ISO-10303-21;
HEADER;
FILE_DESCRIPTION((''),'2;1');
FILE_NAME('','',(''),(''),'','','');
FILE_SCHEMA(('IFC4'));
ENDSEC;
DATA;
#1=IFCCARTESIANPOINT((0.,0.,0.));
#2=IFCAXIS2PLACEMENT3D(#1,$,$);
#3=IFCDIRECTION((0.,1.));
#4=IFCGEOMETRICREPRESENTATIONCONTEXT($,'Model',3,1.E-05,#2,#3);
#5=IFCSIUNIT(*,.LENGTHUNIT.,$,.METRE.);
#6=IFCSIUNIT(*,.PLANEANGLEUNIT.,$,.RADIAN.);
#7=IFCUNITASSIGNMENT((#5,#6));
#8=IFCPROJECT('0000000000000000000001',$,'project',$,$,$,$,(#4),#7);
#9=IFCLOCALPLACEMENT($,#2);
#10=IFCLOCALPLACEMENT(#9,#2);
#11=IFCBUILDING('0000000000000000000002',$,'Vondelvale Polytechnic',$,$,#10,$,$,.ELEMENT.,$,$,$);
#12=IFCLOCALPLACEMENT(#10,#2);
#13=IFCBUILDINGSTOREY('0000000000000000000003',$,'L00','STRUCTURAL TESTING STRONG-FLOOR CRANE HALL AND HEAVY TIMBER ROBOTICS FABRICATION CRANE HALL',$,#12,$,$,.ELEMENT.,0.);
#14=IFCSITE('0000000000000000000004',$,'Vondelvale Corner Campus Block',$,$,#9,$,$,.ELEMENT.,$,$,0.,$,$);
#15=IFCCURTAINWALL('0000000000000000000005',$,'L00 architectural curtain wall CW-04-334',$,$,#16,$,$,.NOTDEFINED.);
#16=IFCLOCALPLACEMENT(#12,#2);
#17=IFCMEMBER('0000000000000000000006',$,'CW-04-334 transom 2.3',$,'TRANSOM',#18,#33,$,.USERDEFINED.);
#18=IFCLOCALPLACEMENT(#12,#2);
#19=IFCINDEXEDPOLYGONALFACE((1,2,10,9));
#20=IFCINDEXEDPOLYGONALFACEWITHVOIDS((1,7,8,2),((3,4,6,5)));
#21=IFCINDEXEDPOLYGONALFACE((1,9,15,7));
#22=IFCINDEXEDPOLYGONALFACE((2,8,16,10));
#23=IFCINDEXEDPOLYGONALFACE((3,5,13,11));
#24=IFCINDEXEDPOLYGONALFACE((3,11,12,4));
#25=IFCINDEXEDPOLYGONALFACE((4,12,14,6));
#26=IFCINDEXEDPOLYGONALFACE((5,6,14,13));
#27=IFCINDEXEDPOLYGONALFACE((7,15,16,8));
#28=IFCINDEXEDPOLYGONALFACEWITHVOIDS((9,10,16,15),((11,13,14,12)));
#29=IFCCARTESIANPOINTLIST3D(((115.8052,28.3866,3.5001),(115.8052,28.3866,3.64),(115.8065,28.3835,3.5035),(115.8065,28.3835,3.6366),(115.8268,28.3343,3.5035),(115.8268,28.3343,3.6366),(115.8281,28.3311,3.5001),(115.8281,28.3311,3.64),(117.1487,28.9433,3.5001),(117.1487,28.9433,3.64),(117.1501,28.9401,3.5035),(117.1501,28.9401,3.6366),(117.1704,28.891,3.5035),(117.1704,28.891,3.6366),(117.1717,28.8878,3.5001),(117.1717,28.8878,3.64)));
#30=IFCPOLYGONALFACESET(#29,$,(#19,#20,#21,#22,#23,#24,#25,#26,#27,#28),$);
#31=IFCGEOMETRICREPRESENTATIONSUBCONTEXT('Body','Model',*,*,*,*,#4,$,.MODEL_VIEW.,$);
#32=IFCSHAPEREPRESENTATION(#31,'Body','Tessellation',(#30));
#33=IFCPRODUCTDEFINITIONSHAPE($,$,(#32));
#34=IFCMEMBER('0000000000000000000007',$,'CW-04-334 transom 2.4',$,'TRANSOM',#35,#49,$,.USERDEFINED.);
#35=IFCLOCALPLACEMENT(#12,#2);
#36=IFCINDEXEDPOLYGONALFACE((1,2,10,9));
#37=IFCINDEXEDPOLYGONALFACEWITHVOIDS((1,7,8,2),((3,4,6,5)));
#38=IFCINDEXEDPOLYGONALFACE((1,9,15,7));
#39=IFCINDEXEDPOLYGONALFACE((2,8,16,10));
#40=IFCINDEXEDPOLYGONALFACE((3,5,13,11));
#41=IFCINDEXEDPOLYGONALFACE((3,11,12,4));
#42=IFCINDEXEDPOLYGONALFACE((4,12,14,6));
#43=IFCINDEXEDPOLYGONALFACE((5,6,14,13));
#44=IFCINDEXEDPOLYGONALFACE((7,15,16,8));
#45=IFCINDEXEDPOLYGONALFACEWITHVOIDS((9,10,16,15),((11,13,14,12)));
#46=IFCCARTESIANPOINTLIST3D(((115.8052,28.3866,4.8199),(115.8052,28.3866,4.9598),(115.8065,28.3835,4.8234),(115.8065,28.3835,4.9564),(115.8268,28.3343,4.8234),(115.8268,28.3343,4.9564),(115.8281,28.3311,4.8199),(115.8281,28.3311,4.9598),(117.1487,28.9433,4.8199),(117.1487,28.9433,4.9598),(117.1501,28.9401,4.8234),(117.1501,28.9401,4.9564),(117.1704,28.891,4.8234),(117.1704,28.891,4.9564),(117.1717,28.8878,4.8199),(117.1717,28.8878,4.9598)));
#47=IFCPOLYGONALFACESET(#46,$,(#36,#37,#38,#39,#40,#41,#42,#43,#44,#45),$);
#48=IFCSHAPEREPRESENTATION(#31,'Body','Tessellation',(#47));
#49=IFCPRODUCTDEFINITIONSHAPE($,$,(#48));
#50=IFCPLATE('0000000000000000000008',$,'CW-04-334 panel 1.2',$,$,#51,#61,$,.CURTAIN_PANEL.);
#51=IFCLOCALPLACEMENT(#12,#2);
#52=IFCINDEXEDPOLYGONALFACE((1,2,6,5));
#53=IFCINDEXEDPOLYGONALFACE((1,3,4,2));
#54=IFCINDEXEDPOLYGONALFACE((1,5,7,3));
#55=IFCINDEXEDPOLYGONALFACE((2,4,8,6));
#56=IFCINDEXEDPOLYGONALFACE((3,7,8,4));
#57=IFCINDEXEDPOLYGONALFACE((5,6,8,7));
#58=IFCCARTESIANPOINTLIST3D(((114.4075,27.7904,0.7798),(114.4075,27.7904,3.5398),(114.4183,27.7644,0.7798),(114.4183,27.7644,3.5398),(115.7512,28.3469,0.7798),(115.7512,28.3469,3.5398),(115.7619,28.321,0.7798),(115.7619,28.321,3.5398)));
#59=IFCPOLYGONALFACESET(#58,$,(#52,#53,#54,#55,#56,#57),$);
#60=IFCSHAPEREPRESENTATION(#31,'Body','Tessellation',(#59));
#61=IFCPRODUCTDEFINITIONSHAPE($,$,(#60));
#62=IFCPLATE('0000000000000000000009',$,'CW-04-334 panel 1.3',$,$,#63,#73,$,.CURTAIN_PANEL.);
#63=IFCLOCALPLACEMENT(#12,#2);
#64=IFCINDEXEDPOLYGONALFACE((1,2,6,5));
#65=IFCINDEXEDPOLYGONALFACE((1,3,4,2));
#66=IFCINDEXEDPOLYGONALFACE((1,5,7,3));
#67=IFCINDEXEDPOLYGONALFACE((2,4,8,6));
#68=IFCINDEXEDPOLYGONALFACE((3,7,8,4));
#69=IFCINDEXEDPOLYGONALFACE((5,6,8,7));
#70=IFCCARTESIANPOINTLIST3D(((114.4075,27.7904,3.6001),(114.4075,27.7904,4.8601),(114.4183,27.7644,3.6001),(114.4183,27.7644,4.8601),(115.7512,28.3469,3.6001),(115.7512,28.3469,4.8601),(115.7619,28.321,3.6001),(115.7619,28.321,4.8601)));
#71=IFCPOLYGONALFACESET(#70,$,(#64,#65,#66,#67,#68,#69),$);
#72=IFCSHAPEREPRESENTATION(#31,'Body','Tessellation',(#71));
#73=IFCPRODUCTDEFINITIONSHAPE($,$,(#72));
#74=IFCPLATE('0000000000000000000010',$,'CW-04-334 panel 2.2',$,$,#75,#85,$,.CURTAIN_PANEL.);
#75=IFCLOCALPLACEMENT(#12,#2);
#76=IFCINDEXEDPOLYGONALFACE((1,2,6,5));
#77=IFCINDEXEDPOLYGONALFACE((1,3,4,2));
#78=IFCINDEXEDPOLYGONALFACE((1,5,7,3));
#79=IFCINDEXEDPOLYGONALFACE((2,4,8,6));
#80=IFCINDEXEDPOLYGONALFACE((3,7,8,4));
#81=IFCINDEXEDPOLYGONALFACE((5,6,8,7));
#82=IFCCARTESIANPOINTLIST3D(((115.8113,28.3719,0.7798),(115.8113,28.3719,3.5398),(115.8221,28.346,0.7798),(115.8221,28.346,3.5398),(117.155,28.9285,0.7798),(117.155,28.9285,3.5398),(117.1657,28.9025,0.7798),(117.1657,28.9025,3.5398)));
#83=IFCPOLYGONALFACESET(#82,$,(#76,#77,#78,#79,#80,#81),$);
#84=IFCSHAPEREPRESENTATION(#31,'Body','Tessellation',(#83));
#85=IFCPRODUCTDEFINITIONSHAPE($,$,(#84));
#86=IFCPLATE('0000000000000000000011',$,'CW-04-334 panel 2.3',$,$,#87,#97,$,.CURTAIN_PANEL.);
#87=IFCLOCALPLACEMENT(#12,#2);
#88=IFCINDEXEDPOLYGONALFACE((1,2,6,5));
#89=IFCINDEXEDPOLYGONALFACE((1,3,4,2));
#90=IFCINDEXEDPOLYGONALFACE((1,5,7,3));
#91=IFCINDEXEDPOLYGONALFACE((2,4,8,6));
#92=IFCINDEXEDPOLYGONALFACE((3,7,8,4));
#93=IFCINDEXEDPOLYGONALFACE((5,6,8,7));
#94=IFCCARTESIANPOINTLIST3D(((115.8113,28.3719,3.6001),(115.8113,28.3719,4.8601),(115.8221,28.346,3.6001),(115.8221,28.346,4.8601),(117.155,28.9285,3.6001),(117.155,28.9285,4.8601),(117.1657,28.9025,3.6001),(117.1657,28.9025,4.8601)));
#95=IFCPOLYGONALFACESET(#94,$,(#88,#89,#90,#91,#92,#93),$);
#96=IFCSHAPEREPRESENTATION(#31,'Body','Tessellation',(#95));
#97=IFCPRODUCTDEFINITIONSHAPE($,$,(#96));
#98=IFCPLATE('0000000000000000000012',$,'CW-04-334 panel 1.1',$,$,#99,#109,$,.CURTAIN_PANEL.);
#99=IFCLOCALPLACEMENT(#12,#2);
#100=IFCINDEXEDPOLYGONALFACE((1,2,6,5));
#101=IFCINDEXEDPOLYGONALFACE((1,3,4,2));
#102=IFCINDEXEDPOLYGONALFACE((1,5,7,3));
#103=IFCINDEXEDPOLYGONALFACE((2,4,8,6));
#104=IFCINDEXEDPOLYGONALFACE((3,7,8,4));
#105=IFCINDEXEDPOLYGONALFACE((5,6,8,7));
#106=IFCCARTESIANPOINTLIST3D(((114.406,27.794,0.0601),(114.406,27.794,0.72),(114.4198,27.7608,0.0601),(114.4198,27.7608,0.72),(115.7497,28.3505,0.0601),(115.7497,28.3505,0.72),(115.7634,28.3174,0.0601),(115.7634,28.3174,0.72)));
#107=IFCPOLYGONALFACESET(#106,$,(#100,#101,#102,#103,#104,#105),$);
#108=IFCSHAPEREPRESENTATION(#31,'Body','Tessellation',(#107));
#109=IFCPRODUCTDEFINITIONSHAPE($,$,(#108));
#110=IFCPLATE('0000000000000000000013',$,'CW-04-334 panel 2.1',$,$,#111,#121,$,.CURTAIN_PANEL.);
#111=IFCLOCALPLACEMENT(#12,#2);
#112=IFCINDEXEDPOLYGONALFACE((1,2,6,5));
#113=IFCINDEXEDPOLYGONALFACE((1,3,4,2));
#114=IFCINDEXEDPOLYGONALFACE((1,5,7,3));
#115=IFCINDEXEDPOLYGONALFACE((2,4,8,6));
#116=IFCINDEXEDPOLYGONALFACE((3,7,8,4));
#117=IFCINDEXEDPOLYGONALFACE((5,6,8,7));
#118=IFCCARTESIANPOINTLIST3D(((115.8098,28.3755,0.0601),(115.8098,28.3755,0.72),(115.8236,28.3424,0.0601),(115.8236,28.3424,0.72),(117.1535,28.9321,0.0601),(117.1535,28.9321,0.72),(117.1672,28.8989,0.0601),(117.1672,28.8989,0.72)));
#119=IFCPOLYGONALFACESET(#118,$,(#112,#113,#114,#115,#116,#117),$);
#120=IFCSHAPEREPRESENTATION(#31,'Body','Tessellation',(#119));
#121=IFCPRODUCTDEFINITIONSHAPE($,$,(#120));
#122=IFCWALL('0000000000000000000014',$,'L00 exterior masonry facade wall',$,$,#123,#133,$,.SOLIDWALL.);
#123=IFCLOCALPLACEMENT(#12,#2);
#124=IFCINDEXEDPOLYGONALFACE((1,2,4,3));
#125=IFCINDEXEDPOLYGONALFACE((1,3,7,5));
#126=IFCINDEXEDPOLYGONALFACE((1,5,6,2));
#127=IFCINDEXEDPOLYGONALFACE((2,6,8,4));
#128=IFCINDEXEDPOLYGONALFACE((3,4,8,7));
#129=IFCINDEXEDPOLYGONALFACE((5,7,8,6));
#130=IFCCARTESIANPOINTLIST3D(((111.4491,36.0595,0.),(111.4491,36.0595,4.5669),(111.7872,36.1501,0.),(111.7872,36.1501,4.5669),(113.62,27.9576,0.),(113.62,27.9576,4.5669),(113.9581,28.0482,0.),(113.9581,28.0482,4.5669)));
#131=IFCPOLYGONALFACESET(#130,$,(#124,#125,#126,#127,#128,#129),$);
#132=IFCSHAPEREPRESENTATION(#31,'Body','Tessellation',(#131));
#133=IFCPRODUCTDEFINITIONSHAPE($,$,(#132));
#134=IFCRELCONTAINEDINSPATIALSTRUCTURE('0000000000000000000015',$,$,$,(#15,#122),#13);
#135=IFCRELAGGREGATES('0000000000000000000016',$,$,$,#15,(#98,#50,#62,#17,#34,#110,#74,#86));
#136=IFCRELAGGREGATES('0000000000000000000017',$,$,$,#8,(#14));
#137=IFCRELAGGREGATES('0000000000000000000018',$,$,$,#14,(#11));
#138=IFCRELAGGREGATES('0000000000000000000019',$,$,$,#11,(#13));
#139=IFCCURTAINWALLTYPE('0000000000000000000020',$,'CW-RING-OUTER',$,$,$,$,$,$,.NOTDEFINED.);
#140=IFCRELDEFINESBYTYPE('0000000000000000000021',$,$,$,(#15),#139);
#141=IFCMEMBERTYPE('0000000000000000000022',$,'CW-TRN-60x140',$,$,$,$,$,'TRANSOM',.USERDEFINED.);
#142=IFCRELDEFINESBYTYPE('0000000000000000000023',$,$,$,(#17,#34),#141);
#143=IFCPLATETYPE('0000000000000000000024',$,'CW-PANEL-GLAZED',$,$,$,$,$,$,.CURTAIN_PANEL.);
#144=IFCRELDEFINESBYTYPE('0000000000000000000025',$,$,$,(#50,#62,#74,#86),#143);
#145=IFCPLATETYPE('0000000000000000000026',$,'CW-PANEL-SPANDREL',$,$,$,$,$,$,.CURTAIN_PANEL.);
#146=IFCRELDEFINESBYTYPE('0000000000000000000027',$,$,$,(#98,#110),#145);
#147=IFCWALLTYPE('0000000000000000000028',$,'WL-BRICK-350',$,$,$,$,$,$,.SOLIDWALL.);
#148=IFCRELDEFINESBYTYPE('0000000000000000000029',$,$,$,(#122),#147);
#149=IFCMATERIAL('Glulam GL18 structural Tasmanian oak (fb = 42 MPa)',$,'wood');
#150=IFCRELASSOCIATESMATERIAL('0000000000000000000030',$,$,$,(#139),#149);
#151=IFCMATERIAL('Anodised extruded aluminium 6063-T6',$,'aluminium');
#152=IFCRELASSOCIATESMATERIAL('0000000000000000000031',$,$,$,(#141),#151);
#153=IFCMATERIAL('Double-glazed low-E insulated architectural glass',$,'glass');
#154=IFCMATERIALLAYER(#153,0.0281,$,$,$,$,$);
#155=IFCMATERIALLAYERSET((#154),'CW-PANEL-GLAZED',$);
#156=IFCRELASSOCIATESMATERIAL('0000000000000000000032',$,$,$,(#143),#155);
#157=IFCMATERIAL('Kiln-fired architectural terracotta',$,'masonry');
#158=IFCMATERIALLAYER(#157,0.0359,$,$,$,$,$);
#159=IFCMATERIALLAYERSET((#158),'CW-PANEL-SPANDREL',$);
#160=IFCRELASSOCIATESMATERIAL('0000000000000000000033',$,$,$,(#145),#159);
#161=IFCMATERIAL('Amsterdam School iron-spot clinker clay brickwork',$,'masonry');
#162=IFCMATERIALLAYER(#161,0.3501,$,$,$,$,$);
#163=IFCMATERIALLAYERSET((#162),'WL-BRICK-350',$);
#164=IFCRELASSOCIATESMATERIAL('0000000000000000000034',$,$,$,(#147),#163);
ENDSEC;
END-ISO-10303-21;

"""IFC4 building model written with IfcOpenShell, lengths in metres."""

from ifc_helpers import new_model, si_unit, direction, frame, frame_2d, origin, origin_2d, place, context, subcontext, project, spatial, rectangle, hollow_rectangle, extrude, material, layer, layer_set, material_profile, profile_set, type_object, element, aggregate, save


model = new_model("IFC4")

# Units and contexts
model_context = context("Model", 3, precision=1e-05, world=origin(), true_north=direction((0.0, 1.0)))
body_context = subcontext(model_context, "Body", "Model", "MODEL_VIEW")
ifc_project = project(units=[si_unit("LENGTHUNIT", "METRE"), si_unit("PLANEANGLEUNIT", "RADIAN")], contexts=[model_context])

# Site, building, storey
site_placement = place(None, origin())
site = spatial("IfcSite", under=ifc_project, at=site_placement, Name="Vondelvale Corner Campus Block", CompositionType="ELEMENT", RefElevation=0.0)
building_placement = place(site_placement, origin())
building = spatial("IfcBuilding", under=site, at=building_placement, Name="Vondelvale Polytechnic", CompositionType="ELEMENT")
storey_placement = place(building_placement, origin())
storey = spatial("IfcBuildingStorey", under=building, at=storey_placement, Name="L00", Description="STRUCTURAL TESTING STRONG-FLOOR CRANE HALL AND HEAVY TIMBER ROBOTICS FABRICATION CRANE HALL", CompositionType="ELEMENT", Elevation=0.0)

# Curtain wall, members, plates
ifc_material_1 = material(Name="Glulam GL18 structural Tasmanian oak (fb = 42 MPa)", Category="wood")
curtain_wall_type = type_object("IfcCurtainWallType", Name="CW-RING-OUTER", PredefinedType="NOTDEFINED", material=ifc_material_1)
curtain_wall_placement = place(storey_placement, origin())
curtain_wall = element("IfcCurtainWall", 1, at=curtain_wall_placement, inside=storey, type_object=curtain_wall_type, Name="L00 architectural curtain wall CW-04-334", PredefinedType="NOTDEFINED")
ifc_material_2 = material(Name="Anodised extruded aluminium 6063-T6", Category="aluminium")
ifc_material_profile_1 = material_profile(ifc_material_2, hollow_rectangle(XDim=0.0601, YDim=0.1399, WallThickness=0.0034, at=origin_2d()), Name="CW-TRN-140x60")
ifc_profile_set_1 = profile_set([ifc_material_profile_1], Name="Anodised extruded aluminium 6063-T6")
member_type_1 = type_object("IfcMemberType", Name="CW-TRN-60x140", ElementType="TRANSOM", PredefinedType="USERDEFINED", material=ifc_profile_set_1)
member_1_placement = place(storey_placement, frame((115.8167, 28.3589, 3.5701), z_axis=(0.923845, 0.382767, 0.0), x_axis=(-0.382767, 0.923845, 0.0)))
member_1 = element("IfcMember", 2, at=member_1_placement, type_object=member_type_1, Name="CW-04-334 transom 2.3", ObjectType="TRANSOM", PredefinedType="USERDEFINED", context=body_context, shape_type="SweptSolid", body=[
    extrude(hollow_rectangle(XDim=0.0601, YDim=0.1399, WallThickness=0.0034, at=origin_2d()), origin(), (0.0, 0.0, 1.0), 1.4543),
])
member_2_placement = place(storey_placement, frame((115.8167, 28.3589, 4.8899), z_axis=(0.923845, 0.382767, 0.0), x_axis=(-0.382767, 0.923845, 0.0)))
member_2 = element("IfcMember", 3, at=member_2_placement, type_object=member_type_1, Name="CW-04-334 transom 2.4", ObjectType="TRANSOM", PredefinedType="USERDEFINED", context=body_context, shape_type="SweptSolid", body=[
    extrude(hollow_rectangle(XDim=0.0601, YDim=0.1399, WallThickness=0.0034, at=origin_2d()), origin(), (0.0, 0.0, 1.0), 1.4543),
])
ifc_material_3 = material(Name="Double-glazed low-E insulated architectural glass", Category="glass")
ifc_layer_1 = layer(ifc_material_3, 0.0281)
ifc_layer_set_1 = layer_set([ifc_layer_1], Name="CW-PANEL-GLAZED")
plate_type_1 = type_object("IfcPlateType", Name="CW-PANEL-GLAZED", PredefinedType="CURTAIN_PANEL", material=ifc_layer_set_1)
plate_1_placement = place(storey_placement, frame((115.0847, 28.0557, 0.7798), z_axis=(0.0, 0.0, 1.0), x_axis=(0.923881, 0.382679, 0.0)))
plate_1 = element("IfcPlate", 4, at=plate_1_placement, type_object=plate_type_1, Name="CW-04-334 panel 1.2", PredefinedType="CURTAIN_PANEL", context=body_context, shape_type="SweptSolid", body=[
    extrude(rectangle(XDim=1.4543, YDim=0.0281, at=origin_2d()), origin(), (0.0, 0.0, 1.0), 2.76),
])
plate_2_placement = place(storey_placement, frame((115.0847, 28.0557, 3.6001), z_axis=(0.0, 0.0, 1.0), x_axis=(0.923881, 0.382679, 0.0)))
plate_2 = element("IfcPlate", 5, at=plate_2_placement, type_object=plate_type_1, Name="CW-04-334 panel 1.3", PredefinedType="CURTAIN_PANEL", context=body_context, shape_type="SweptSolid", body=[
    extrude(rectangle(XDim=1.4543, YDim=0.0281, at=origin_2d()), origin(), (0.0, 0.0, 1.0), 1.26),
])
plate_3_placement = place(storey_placement, frame((116.4885, 28.6372, 0.7798), z_axis=(0.0, 0.0, 1.0), x_axis=(0.923881, 0.382679, 0.0)))
plate_3 = element("IfcPlate", 6, at=plate_3_placement, type_object=plate_type_1, Name="CW-04-334 panel 2.2", PredefinedType="CURTAIN_PANEL", context=body_context, shape_type="SweptSolid", body=[
    extrude(rectangle(XDim=1.4543, YDim=0.0281, at=origin_2d()), origin(), (0.0, 0.0, 1.0), 2.76),
])
plate_4_placement = place(storey_placement, frame((116.4885, 28.6372, 3.6001), z_axis=(0.0, 0.0, 1.0), x_axis=(0.923881, 0.382679, 0.0)))
plate_4 = element("IfcPlate", 7, at=plate_4_placement, type_object=plate_type_1, Name="CW-04-334 panel 2.3", PredefinedType="CURTAIN_PANEL", context=body_context, shape_type="SweptSolid", body=[
    extrude(rectangle(XDim=1.4543, YDim=0.0281, at=origin_2d()), origin(), (0.0, 0.0, 1.0), 1.26),
])
ifc_material_4 = material(Name="Kiln-fired architectural terracotta", Category="masonry")
ifc_layer_2 = layer(ifc_material_4, 0.0359)
ifc_layer_set_2 = layer_set([ifc_layer_2], Name="CW-PANEL-SPANDREL")
plate_type_2 = type_object("IfcPlateType", Name="CW-PANEL-SPANDREL", PredefinedType="CURTAIN_PANEL", material=ifc_layer_set_2)
plate_5_placement = place(storey_placement, frame((115.0847, 28.0557, 0.0601), z_axis=(0.0, 0.0, 1.0), x_axis=(0.923881, 0.382679, 0.0)))
plate_5 = element("IfcPlate", 8, at=plate_5_placement, type_object=plate_type_2, Name="CW-04-334 panel 1.1", PredefinedType="CURTAIN_PANEL", context=body_context, shape_type="SweptSolid", body=[
    extrude(rectangle(XDim=1.4543, YDim=0.0359, at=origin_2d()), origin(), (0.0, 0.0, 1.0), 0.6599),
])
plate_6_placement = place(storey_placement, frame((116.4885, 28.6372, 0.0601), z_axis=(0.0, 0.0, 1.0), x_axis=(0.923881, 0.382679, 0.0)))
plate_6 = element("IfcPlate", 9, at=plate_6_placement, type_object=plate_type_2, Name="CW-04-334 panel 2.1", PredefinedType="CURTAIN_PANEL", context=body_context, shape_type="SweptSolid", body=[
    extrude(rectangle(XDim=1.4543, YDim=0.0359, at=origin_2d()), origin(), (0.0, 0.0, 1.0), 0.6599),
])
aggregate(curtain_wall, [plate_5, plate_1, plate_2, member_1, member_2, plate_6, plate_3, plate_4])

# Wall
ifc_material_5 = material(Name="Amsterdam School iron-spot clinker clay brickwork", Category="masonry")
ifc_layer_3 = layer(ifc_material_5, 0.3501)
ifc_layer_set_3 = layer_set([ifc_layer_3], Name="WL-BRICK-350")
wall_type = type_object("IfcWallType", Name="WL-BRICK-350", PredefinedType="SOLIDWALL", material=ifc_layer_set_3)
wall_placement = place(storey_placement, frame((113.7891, 28.0029, 0.0), z_axis=(0.0, 0.0, 1.0), x_axis=(-0.258822, 0.965925, 0.0)))
element("IfcWall", 10, at=wall_placement, inside=storey, type_object=wall_type, Name="L00 exterior masonry facade wall", PredefinedType="SOLIDWALL", context=body_context, shape_type="SweptSolid", body=[
    extrude(rectangle(XDim=8.3877, YDim=0.3501, at=frame_2d((4.1938, 0.0))), origin(), (0.0, 0.0, 1.0), 4.5669),
])

save(model, "model.ifc")
